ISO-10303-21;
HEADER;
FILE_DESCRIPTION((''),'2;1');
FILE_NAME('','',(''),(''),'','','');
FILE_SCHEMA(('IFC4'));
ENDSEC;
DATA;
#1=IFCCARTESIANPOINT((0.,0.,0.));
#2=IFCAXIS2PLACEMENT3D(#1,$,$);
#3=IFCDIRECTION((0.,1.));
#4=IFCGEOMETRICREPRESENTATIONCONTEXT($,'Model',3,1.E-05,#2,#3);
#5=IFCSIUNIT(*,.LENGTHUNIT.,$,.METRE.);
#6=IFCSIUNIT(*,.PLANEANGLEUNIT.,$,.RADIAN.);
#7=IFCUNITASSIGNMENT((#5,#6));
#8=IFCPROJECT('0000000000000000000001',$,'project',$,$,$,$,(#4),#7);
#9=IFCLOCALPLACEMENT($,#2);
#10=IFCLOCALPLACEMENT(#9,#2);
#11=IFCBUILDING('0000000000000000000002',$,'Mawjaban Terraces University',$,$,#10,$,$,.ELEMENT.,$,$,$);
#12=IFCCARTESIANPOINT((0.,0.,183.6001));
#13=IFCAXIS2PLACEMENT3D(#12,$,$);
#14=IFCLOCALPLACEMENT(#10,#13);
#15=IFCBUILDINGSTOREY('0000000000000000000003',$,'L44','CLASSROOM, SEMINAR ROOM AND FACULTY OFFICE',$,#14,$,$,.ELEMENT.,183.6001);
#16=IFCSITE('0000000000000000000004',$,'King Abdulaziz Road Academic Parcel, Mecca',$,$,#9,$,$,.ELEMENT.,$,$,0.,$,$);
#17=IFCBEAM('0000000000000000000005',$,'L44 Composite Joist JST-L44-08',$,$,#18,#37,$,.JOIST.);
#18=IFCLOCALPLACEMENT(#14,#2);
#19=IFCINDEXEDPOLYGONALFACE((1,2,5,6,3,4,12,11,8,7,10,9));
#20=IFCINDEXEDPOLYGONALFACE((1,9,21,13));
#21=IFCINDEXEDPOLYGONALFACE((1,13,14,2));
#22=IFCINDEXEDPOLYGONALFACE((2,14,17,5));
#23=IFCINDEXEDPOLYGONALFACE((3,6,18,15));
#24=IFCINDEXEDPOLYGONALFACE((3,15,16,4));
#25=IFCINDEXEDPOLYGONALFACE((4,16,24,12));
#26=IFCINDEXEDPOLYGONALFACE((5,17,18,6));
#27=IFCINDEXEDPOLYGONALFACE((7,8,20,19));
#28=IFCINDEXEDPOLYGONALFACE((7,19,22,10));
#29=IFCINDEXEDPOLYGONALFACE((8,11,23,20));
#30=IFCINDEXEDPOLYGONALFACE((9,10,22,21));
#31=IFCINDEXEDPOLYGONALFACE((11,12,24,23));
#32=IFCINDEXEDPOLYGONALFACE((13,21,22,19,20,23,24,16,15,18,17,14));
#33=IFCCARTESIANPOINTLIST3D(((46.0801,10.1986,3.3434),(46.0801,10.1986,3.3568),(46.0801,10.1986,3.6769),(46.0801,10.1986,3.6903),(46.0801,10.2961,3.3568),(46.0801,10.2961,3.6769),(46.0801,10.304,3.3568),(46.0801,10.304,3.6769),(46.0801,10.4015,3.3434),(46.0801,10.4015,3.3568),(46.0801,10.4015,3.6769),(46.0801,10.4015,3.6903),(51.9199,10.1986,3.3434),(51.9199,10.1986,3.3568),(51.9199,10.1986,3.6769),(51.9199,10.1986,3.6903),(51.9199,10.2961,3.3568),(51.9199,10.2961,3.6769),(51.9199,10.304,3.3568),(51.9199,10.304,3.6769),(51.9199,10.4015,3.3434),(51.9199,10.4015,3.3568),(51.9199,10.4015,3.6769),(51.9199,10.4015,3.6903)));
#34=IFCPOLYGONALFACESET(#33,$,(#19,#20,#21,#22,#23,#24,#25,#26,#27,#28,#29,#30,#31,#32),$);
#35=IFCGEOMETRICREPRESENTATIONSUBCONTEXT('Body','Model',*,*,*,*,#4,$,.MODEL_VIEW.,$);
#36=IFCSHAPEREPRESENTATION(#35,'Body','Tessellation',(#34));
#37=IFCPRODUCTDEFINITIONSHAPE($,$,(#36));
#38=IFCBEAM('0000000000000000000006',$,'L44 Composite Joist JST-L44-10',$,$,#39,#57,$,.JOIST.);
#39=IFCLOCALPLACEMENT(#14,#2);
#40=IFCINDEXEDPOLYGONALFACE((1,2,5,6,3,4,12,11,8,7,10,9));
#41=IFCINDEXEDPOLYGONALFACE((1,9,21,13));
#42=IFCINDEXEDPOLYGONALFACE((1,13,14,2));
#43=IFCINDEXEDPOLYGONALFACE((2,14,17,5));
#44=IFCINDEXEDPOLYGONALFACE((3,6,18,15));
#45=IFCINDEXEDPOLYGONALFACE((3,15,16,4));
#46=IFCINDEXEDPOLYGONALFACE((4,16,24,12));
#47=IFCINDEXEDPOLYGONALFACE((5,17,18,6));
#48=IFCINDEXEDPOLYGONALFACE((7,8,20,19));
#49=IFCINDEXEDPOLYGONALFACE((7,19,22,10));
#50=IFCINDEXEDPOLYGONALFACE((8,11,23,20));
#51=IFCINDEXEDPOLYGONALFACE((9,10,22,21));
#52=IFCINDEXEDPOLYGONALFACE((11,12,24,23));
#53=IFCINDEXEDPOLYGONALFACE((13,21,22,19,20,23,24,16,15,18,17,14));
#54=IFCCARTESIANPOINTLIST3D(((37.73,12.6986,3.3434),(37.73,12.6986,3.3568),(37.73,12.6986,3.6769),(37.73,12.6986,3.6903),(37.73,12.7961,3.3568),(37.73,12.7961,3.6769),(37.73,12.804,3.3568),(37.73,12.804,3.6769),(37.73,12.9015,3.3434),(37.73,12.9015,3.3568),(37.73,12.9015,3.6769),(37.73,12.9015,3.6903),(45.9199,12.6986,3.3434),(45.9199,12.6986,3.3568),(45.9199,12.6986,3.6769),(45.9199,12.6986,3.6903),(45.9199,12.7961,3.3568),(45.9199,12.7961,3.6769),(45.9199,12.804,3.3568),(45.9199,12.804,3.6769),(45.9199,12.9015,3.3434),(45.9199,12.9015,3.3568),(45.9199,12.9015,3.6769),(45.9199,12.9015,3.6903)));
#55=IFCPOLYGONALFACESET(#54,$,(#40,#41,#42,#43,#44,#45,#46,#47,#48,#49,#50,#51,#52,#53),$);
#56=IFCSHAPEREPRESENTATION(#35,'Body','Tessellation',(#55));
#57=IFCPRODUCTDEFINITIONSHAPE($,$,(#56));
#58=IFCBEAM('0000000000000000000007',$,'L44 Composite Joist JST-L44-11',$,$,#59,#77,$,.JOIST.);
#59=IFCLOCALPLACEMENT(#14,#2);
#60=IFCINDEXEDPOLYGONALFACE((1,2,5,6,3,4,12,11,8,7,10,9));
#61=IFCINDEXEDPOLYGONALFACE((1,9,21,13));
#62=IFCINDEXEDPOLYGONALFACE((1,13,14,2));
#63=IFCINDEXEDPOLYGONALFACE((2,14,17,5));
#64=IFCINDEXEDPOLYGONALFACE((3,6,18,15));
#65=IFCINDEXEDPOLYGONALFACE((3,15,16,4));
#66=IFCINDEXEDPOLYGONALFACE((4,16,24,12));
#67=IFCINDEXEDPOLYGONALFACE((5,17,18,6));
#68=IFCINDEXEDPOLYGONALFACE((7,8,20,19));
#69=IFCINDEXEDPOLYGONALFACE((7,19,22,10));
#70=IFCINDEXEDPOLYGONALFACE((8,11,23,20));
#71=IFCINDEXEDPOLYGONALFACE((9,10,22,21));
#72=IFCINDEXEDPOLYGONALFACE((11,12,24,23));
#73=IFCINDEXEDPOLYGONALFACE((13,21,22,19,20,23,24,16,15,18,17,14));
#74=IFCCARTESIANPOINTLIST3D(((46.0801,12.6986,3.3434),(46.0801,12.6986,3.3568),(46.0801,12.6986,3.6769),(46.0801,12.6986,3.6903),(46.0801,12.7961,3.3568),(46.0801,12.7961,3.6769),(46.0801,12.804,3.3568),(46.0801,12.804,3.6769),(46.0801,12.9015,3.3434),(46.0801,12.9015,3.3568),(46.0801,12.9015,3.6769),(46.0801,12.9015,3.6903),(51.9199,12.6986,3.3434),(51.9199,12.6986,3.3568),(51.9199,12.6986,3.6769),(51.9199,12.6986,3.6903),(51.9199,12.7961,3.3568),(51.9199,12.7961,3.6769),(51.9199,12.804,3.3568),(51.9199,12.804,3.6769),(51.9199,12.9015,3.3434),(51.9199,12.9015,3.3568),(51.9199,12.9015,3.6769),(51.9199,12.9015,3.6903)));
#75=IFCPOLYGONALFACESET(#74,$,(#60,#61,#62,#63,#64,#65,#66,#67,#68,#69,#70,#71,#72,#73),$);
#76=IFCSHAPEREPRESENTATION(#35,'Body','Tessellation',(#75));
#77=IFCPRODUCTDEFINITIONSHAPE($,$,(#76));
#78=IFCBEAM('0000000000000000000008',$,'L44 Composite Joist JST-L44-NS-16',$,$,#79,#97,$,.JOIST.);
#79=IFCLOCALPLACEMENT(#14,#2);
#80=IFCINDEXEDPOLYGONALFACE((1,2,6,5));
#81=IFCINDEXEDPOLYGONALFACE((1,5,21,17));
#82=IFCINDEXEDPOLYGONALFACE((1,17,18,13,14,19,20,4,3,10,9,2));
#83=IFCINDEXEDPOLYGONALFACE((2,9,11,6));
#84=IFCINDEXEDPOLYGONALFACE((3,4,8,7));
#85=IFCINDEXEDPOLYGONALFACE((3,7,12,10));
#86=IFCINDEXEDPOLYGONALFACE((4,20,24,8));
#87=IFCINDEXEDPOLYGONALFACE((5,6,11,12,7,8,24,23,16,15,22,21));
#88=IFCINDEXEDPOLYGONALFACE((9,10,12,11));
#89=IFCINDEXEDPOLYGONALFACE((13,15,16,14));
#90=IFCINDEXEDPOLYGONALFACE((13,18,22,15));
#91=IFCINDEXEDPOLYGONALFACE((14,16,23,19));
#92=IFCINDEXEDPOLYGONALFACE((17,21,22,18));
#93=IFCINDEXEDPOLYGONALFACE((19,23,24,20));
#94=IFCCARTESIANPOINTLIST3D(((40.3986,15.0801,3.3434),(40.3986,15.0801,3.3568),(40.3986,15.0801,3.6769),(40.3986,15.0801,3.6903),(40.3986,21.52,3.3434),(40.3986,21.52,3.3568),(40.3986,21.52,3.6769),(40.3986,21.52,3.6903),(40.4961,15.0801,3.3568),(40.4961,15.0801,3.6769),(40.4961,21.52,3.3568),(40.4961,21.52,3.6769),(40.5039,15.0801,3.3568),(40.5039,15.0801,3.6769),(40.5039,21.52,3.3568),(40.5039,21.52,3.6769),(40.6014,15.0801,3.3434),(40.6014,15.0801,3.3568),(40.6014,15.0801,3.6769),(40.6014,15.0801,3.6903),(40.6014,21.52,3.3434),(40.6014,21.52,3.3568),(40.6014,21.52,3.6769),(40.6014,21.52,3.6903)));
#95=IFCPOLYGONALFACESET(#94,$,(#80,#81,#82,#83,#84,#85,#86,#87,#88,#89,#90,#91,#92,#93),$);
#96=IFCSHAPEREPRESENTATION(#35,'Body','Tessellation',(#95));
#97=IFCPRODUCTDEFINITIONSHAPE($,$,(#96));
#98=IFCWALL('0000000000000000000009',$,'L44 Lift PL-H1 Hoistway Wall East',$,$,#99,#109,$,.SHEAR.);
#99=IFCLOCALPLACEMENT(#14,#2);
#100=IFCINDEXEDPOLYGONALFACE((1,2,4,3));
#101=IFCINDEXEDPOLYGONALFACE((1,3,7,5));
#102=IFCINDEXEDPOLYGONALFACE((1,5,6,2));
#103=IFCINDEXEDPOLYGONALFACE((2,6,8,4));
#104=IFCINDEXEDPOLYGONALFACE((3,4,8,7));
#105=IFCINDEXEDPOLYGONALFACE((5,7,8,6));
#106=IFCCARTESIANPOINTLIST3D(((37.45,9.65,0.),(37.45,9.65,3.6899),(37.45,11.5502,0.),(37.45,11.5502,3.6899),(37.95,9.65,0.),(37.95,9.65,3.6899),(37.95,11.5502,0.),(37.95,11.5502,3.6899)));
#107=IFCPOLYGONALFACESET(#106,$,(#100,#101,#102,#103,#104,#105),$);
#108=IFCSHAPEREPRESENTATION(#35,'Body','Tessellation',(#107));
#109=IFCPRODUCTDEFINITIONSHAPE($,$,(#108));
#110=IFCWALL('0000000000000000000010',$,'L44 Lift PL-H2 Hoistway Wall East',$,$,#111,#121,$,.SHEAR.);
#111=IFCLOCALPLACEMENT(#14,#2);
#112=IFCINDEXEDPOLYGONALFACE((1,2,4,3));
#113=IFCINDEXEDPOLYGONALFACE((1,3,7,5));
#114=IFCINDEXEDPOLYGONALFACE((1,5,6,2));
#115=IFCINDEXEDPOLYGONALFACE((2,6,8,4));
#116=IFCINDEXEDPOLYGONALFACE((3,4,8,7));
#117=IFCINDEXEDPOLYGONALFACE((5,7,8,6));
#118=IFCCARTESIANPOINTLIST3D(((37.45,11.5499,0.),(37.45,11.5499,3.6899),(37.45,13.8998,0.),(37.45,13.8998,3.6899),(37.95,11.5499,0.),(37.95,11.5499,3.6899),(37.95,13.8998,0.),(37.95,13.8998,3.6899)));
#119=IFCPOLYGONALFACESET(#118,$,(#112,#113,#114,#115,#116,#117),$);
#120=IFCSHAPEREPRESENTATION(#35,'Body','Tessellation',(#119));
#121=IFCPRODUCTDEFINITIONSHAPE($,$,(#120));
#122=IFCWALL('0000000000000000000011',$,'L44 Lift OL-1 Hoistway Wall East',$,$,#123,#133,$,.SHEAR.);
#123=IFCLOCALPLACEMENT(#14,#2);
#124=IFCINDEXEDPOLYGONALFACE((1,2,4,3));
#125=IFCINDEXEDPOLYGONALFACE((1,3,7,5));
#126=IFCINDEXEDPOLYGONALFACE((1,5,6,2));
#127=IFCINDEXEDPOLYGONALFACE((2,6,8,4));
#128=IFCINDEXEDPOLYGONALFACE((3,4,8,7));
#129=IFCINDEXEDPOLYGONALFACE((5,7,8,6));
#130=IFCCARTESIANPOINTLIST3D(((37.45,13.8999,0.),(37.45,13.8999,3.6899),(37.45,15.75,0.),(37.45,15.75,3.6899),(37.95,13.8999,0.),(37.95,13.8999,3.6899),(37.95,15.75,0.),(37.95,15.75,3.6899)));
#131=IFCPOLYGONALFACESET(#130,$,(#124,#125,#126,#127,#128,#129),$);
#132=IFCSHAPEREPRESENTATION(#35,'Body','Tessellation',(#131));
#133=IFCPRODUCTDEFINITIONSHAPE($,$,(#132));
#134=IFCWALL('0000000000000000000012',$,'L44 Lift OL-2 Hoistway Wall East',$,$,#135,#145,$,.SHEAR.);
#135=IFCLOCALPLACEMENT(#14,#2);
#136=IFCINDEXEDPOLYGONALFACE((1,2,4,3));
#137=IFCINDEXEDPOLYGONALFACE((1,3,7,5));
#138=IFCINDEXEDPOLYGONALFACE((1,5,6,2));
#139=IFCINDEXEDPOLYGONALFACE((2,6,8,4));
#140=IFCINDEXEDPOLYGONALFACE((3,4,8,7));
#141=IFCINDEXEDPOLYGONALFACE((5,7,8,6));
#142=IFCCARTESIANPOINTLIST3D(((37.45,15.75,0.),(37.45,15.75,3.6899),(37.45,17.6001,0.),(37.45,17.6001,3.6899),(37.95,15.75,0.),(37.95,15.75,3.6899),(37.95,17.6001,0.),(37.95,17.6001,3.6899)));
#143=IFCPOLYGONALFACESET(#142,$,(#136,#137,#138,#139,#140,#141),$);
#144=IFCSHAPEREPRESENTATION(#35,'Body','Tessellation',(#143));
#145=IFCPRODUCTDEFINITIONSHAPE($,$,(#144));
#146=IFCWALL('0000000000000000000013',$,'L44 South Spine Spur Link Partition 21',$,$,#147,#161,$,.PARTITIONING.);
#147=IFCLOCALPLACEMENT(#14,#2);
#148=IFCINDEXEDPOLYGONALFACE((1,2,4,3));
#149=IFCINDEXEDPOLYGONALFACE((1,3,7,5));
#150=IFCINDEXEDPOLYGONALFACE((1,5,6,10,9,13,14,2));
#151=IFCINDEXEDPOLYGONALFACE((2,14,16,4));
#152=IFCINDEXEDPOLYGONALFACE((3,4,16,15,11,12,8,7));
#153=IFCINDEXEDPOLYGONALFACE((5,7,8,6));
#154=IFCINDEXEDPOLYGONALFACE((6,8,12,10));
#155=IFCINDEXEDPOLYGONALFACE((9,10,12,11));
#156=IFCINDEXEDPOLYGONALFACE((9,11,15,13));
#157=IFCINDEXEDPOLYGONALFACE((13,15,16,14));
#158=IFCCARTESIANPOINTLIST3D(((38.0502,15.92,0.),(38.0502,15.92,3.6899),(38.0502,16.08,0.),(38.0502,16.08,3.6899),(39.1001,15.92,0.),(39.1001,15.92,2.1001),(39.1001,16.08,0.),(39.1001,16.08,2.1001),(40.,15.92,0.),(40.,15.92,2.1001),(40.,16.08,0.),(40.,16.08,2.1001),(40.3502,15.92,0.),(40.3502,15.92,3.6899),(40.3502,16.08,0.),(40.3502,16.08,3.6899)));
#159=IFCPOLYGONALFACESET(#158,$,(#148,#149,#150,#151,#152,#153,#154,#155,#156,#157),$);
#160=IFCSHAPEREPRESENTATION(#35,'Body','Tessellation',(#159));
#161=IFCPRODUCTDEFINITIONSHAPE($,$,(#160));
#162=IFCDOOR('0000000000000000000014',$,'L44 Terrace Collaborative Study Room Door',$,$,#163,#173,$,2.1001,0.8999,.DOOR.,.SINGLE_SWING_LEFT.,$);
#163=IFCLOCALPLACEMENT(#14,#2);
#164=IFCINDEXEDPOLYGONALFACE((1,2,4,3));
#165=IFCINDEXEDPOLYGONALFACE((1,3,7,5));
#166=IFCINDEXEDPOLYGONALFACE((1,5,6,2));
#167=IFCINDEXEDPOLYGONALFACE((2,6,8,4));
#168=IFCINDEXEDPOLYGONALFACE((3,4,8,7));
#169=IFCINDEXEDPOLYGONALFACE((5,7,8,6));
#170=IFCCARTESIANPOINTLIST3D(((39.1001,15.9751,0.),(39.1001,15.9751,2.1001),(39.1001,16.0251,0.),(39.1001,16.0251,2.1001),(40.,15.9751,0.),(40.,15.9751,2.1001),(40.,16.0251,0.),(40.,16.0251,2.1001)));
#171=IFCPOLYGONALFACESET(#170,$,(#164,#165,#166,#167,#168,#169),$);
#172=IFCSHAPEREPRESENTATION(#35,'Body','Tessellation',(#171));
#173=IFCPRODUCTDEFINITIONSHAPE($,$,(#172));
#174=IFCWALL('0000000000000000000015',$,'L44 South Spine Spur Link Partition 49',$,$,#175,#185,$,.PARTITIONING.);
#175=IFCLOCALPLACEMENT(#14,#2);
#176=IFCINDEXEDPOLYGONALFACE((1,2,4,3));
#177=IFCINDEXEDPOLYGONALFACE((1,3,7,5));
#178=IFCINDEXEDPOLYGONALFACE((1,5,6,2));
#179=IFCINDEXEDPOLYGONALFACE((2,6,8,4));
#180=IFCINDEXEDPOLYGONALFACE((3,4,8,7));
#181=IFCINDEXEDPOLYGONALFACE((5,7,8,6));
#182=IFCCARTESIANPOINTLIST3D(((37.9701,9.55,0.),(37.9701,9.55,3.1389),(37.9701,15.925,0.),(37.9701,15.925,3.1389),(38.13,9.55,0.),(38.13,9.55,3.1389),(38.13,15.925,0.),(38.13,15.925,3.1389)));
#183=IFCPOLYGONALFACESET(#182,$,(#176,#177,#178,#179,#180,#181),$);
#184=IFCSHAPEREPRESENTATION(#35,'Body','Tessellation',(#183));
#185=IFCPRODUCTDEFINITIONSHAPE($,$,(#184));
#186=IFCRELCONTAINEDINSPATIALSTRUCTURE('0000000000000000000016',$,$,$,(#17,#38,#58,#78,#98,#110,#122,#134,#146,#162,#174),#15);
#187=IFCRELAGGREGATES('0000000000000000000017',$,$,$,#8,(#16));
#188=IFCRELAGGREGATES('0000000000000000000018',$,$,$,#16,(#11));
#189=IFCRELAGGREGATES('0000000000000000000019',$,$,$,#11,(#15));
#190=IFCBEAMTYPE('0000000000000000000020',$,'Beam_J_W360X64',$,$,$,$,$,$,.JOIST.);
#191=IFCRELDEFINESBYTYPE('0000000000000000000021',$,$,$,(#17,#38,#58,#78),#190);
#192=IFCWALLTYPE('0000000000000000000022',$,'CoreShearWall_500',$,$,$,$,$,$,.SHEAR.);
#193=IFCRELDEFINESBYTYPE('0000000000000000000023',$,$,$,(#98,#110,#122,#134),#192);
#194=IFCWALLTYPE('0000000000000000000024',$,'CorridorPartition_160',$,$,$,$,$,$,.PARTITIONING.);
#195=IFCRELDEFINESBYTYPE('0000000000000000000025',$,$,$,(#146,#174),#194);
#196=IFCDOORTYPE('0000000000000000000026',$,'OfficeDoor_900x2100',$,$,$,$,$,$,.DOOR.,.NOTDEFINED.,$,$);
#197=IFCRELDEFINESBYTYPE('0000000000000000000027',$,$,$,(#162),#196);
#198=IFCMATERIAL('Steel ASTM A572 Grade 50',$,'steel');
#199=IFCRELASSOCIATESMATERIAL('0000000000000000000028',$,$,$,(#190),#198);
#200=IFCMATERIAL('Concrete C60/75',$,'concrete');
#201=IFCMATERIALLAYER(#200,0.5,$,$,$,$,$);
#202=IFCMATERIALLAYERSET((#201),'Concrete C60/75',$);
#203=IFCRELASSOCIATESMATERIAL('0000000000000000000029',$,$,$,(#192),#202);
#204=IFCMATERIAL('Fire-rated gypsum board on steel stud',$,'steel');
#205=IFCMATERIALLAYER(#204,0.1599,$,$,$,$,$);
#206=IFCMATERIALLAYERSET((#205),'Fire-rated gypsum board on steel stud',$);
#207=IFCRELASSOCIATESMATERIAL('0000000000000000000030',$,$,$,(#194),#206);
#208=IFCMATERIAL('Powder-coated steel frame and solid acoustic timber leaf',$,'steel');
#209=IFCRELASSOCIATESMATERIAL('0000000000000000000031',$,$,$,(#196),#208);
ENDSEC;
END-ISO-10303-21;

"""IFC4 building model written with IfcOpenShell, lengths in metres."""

from ifc_helpers import new_model, si_unit, direction, frame, frame_2d, origin, origin_2d, place, context, subcontext, project, spatial, rectangle, i_section, extrude, material, layer, layer_set, material_profile, profile_set, type_object, element, fill, save


model = new_model("IFC4")

# Units and contexts
model_context = context("Model", 3, precision=1e-05, world=origin(), true_north=direction((0.0, 1.0)))
body_context = subcontext(model_context, "Body", "Model", "MODEL_VIEW")
ifc_project = project(units=[si_unit("LENGTHUNIT", "METRE"), si_unit("PLANEANGLEUNIT", "RADIAN")], contexts=[model_context])

# Site, building, storey
site_placement = place(None, origin())
site = spatial("IfcSite", under=ifc_project, at=site_placement, Name="King Abdulaziz Road Academic Parcel, Mecca", CompositionType="ELEMENT", RefElevation=0.0)
building_placement = place(site_placement, origin())
building = spatial("IfcBuilding", under=site, at=building_placement, Name="Mawjaban Terraces University", CompositionType="ELEMENT")
storey_placement = place(building_placement, frame((0.0, 0.0, 183.6001)))
storey = spatial("IfcBuildingStorey", under=building, at=storey_placement, Name="L44", Description="CLASSROOM, SEMINAR ROOM AND FACULTY OFFICE", CompositionType="ELEMENT", Elevation=183.6001)

# Shared definitions
ifc_material_1 = material(Name="Concrete C60/75", Category="concrete")

# Beams
ifc_material_2 = material(Name="Steel ASTM A572 Grade 50", Category="steel")
ifc_material_profile_1 = material_profile(ifc_material_2, i_section(OverallWidth=0.2029, OverallDepth=0.3469, WebThickness=0.0078, FlangeThickness=0.0134, at=origin_2d()), Name="W360X64")
ifc_profile_set_1 = profile_set([ifc_material_profile_1], Name="Steel ASTM A572 Grade 50")
beam_type_1 = type_object("IfcBeamType", Name="Beam_J_W360X64", PredefinedType="JOIST", material=ifc_profile_set_1)
beam_1_placement = place(storey_placement, frame((46.0801, 10.3, 3.5168), z_axis=(1.0, 0.0, 0.0), x_axis=(0.0, 1.0, 0.0)))
element("IfcBeam", 1, at=beam_1_placement, inside=storey, type_object=beam_type_1, Name="L44 Composite Joist JST-L44-08", PredefinedType="JOIST", context=body_context, shape_type="SweptSolid", body=[
    extrude(i_section(OverallWidth=0.2029, OverallDepth=0.3469, WebThickness=0.0078, FlangeThickness=0.0134, at=origin_2d()), origin(), (0.0, 0.0, 1.0), 5.8398),
])
beam_2_placement = place(storey_placement, frame((37.73, 12.8, 3.5168), z_axis=(1.0, 0.0, 0.0), x_axis=(0.0, 1.0, 0.0)))
element("IfcBeam", 2, at=beam_2_placement, inside=storey, type_object=beam_type_1, Name="L44 Composite Joist JST-L44-10", PredefinedType="JOIST", context=body_context, shape_type="SweptSolid", body=[
    extrude(i_section(OverallWidth=0.2029, OverallDepth=0.3469, WebThickness=0.0078, FlangeThickness=0.0134, at=origin_2d()), origin(), (0.0, 0.0, 1.0), 8.1899),
])
beam_3_placement = place(storey_placement, frame((46.0801, 12.8, 3.5168), z_axis=(1.0, 0.0, 0.0), x_axis=(0.0, 1.0, 0.0)))
element("IfcBeam", 3, at=beam_3_placement, inside=storey, type_object=beam_type_1, Name="L44 Composite Joist JST-L44-11", PredefinedType="JOIST", context=body_context, shape_type="SweptSolid", body=[
    extrude(i_section(OverallWidth=0.2029, OverallDepth=0.3469, WebThickness=0.0078, FlangeThickness=0.0134, at=origin_2d()), origin(), (0.0, 0.0, 1.0), 5.8398),
])
beam_4_placement = place(storey_placement, frame((40.5, 15.0801, 3.5168), z_axis=(0.0, 1.0, 0.0), x_axis=(-1.0, 0.0, 0.0)))
element("IfcBeam", 4, at=beam_4_placement, inside=storey, type_object=beam_type_1, Name="L44 Composite Joist JST-L44-NS-16", PredefinedType="JOIST", context=body_context, shape_type="SweptSolid", body=[
    extrude(i_section(OverallWidth=0.2029, OverallDepth=0.3469, WebThickness=0.0078, FlangeThickness=0.0134, at=origin_2d()), origin(), (0.0, 0.0, 1.0), 6.4399),
])

# Walls
ifc_layer_1 = layer(ifc_material_1, 0.5)
ifc_layer_set_1 = layer_set([ifc_layer_1], Name="Concrete C60/75")
wall_type_1 = type_object("IfcWallType", Name="CoreShearWall_500", PredefinedType="SHEAR", material=ifc_layer_set_1)
wall_1_placement = place(storey_placement, frame((37.7, 9.6499, 0.0), z_axis=(0.0, 0.0, 1.0), x_axis=(0.0, 1.0, 0.0)))
element("IfcWall", 5, at=wall_1_placement, inside=storey, type_object=wall_type_1, Name="L44 Lift PL-H1 Hoistway Wall East", PredefinedType="SHEAR", context=body_context, shape_type="SweptSolid", body=[
    extrude(rectangle(XDim=1.9001, YDim=0.5, at=frame_2d((0.9502, 0.0))), origin(), (0.0, 0.0, 1.0), 3.6899),
])
wall_2_placement = place(storey_placement, frame((37.7, 11.55, 0.0), z_axis=(0.0, 0.0, 1.0), x_axis=(0.0, 1.0, 0.0)))
element("IfcWall", 6, at=wall_2_placement, inside=storey, type_object=wall_type_1, Name="L44 Lift PL-H2 Hoistway Wall East", PredefinedType="SHEAR", context=body_context, shape_type="SweptSolid", body=[
    extrude(rectangle(XDim=2.3499, YDim=0.5, at=frame_2d((1.1748, 0.0))), origin(), (0.0, 0.0, 1.0), 3.6899),
])
for number, where, z_axis, x_axis, name in (
    (7, (37.7, 13.8999, 0.0), (0.0, 0.0, 1.0), (0.0, 1.0, 0.0), "L44 Lift OL-1 Hoistway Wall East"),
    (8, (37.7, 15.75, 0.0), (0.0, 0.0, 1.0), (0.0, 1.0, 0.0), "L44 Lift OL-2 Hoistway Wall East"),
):
    element("IfcWall", number, at=place(storey_placement, frame(where, z_axis=z_axis, x_axis=x_axis)), inside=storey, type_object=wall_type_1, Name=name, PredefinedType="SHEAR", context=body_context, shape_type="SweptSolid", body=[
        extrude(rectangle(XDim=1.8501, YDim=0.5, at=frame_2d((0.925, 0.0))), origin(), (0.0, 0.0, 1.0), 3.6899),
    ])

# Wall, opening, door
ifc_material_3 = material(Name="Fire-rated gypsum board on steel stud", Category="steel")
ifc_layer_2 = layer(ifc_material_3, 0.1599)
ifc_layer_set_2 = layer_set([ifc_layer_2], Name="Fire-rated gypsum board on steel stud")
wall_type_2 = type_object("IfcWallType", Name="CorridorPartition_160", PredefinedType="PARTITIONING", material=ifc_layer_set_2)
wall_3_placement = place(storey_placement, frame((40.3501, 16.0, 0.0), z_axis=(0.0, 0.0, 1.0), x_axis=(-1.0, 0.0, 0.0)))
wall_3 = element("IfcWall", 9, at=wall_3_placement, inside=storey, type_object=wall_type_2, Name="L44 South Spine Spur Link Partition 21", PredefinedType="PARTITIONING", context=body_context, shape_type="SweptSolid", body=[
    extrude(rectangle(XDim=2.3, YDim=0.1599, at=frame_2d((1.1499, 0.0))), origin(), (0.0, 0.0, 1.0), 3.6899),
])
opening_placement = place(wall_3_placement, frame((0.3501, 0.0, 0.0)))
opening = element("IfcOpeningElement", 10, at=opening_placement, cuts=wall_3, PredefinedType="OPENING", context=body_context, shape_type="SweptSolid", body=[
    extrude(rectangle(XDim=0.8999, YDim=2.1001, at=frame_2d((0.45, 1.05))), frame((0.0, 0.0898, 0.0), z_axis=(0.0, -1.0, 0.0), x_axis=(1.0, 0.0, 0.0)), (0.0, 0.0, 1.0), 0.1799),
])
ifc_material_4 = material(Name="Powder-coated steel frame and solid acoustic timber leaf", Category="steel")
door_type = type_object("IfcDoorType", Name="OfficeDoor_900x2100", OperationType="NOTDEFINED", PredefinedType="DOOR", material=ifc_material_4)
door_placement = place(opening_placement, origin())
door = element("IfcDoor", 11, at=door_placement, inside=storey, type_object=door_type, Name="L44 Terrace Collaborative Study Room Door", OperationType="SINGLE_SWING_LEFT", OverallHeight=2.1001, OverallWidth=0.8999, PredefinedType="DOOR", context=body_context, shape_type="SweptSolid", body=[
    extrude(rectangle(XDim=0.8999, YDim=2.1001, at=frame_2d((0.45, 1.05))), frame((0.0, 0.0249, 0.0), z_axis=(0.0, -1.0, 0.0), x_axis=(1.0, 0.0, 0.0)), (0.0, 0.0, 1.0), 0.05),
])
fill(opening, door)

# Wall
wall_4_placement = place(storey_placement, frame((38.05, 15.925, 0.0), z_axis=(0.0, 0.0, 1.0), x_axis=(0.0, -1.0, 0.0)))
element("IfcWall", 12, at=wall_4_placement, inside=storey, type_object=wall_type_2, Name="L44 South Spine Spur Link Partition 49", PredefinedType="PARTITIONING", context=body_context, shape_type="SweptSolid", body=[
    extrude(rectangle(XDim=6.375, YDim=0.1599, at=frame_2d((3.1875, 0.0))), origin(), (0.0, 0.0, 1.0), 3.1389),
])

save(model, "model.ifc")
